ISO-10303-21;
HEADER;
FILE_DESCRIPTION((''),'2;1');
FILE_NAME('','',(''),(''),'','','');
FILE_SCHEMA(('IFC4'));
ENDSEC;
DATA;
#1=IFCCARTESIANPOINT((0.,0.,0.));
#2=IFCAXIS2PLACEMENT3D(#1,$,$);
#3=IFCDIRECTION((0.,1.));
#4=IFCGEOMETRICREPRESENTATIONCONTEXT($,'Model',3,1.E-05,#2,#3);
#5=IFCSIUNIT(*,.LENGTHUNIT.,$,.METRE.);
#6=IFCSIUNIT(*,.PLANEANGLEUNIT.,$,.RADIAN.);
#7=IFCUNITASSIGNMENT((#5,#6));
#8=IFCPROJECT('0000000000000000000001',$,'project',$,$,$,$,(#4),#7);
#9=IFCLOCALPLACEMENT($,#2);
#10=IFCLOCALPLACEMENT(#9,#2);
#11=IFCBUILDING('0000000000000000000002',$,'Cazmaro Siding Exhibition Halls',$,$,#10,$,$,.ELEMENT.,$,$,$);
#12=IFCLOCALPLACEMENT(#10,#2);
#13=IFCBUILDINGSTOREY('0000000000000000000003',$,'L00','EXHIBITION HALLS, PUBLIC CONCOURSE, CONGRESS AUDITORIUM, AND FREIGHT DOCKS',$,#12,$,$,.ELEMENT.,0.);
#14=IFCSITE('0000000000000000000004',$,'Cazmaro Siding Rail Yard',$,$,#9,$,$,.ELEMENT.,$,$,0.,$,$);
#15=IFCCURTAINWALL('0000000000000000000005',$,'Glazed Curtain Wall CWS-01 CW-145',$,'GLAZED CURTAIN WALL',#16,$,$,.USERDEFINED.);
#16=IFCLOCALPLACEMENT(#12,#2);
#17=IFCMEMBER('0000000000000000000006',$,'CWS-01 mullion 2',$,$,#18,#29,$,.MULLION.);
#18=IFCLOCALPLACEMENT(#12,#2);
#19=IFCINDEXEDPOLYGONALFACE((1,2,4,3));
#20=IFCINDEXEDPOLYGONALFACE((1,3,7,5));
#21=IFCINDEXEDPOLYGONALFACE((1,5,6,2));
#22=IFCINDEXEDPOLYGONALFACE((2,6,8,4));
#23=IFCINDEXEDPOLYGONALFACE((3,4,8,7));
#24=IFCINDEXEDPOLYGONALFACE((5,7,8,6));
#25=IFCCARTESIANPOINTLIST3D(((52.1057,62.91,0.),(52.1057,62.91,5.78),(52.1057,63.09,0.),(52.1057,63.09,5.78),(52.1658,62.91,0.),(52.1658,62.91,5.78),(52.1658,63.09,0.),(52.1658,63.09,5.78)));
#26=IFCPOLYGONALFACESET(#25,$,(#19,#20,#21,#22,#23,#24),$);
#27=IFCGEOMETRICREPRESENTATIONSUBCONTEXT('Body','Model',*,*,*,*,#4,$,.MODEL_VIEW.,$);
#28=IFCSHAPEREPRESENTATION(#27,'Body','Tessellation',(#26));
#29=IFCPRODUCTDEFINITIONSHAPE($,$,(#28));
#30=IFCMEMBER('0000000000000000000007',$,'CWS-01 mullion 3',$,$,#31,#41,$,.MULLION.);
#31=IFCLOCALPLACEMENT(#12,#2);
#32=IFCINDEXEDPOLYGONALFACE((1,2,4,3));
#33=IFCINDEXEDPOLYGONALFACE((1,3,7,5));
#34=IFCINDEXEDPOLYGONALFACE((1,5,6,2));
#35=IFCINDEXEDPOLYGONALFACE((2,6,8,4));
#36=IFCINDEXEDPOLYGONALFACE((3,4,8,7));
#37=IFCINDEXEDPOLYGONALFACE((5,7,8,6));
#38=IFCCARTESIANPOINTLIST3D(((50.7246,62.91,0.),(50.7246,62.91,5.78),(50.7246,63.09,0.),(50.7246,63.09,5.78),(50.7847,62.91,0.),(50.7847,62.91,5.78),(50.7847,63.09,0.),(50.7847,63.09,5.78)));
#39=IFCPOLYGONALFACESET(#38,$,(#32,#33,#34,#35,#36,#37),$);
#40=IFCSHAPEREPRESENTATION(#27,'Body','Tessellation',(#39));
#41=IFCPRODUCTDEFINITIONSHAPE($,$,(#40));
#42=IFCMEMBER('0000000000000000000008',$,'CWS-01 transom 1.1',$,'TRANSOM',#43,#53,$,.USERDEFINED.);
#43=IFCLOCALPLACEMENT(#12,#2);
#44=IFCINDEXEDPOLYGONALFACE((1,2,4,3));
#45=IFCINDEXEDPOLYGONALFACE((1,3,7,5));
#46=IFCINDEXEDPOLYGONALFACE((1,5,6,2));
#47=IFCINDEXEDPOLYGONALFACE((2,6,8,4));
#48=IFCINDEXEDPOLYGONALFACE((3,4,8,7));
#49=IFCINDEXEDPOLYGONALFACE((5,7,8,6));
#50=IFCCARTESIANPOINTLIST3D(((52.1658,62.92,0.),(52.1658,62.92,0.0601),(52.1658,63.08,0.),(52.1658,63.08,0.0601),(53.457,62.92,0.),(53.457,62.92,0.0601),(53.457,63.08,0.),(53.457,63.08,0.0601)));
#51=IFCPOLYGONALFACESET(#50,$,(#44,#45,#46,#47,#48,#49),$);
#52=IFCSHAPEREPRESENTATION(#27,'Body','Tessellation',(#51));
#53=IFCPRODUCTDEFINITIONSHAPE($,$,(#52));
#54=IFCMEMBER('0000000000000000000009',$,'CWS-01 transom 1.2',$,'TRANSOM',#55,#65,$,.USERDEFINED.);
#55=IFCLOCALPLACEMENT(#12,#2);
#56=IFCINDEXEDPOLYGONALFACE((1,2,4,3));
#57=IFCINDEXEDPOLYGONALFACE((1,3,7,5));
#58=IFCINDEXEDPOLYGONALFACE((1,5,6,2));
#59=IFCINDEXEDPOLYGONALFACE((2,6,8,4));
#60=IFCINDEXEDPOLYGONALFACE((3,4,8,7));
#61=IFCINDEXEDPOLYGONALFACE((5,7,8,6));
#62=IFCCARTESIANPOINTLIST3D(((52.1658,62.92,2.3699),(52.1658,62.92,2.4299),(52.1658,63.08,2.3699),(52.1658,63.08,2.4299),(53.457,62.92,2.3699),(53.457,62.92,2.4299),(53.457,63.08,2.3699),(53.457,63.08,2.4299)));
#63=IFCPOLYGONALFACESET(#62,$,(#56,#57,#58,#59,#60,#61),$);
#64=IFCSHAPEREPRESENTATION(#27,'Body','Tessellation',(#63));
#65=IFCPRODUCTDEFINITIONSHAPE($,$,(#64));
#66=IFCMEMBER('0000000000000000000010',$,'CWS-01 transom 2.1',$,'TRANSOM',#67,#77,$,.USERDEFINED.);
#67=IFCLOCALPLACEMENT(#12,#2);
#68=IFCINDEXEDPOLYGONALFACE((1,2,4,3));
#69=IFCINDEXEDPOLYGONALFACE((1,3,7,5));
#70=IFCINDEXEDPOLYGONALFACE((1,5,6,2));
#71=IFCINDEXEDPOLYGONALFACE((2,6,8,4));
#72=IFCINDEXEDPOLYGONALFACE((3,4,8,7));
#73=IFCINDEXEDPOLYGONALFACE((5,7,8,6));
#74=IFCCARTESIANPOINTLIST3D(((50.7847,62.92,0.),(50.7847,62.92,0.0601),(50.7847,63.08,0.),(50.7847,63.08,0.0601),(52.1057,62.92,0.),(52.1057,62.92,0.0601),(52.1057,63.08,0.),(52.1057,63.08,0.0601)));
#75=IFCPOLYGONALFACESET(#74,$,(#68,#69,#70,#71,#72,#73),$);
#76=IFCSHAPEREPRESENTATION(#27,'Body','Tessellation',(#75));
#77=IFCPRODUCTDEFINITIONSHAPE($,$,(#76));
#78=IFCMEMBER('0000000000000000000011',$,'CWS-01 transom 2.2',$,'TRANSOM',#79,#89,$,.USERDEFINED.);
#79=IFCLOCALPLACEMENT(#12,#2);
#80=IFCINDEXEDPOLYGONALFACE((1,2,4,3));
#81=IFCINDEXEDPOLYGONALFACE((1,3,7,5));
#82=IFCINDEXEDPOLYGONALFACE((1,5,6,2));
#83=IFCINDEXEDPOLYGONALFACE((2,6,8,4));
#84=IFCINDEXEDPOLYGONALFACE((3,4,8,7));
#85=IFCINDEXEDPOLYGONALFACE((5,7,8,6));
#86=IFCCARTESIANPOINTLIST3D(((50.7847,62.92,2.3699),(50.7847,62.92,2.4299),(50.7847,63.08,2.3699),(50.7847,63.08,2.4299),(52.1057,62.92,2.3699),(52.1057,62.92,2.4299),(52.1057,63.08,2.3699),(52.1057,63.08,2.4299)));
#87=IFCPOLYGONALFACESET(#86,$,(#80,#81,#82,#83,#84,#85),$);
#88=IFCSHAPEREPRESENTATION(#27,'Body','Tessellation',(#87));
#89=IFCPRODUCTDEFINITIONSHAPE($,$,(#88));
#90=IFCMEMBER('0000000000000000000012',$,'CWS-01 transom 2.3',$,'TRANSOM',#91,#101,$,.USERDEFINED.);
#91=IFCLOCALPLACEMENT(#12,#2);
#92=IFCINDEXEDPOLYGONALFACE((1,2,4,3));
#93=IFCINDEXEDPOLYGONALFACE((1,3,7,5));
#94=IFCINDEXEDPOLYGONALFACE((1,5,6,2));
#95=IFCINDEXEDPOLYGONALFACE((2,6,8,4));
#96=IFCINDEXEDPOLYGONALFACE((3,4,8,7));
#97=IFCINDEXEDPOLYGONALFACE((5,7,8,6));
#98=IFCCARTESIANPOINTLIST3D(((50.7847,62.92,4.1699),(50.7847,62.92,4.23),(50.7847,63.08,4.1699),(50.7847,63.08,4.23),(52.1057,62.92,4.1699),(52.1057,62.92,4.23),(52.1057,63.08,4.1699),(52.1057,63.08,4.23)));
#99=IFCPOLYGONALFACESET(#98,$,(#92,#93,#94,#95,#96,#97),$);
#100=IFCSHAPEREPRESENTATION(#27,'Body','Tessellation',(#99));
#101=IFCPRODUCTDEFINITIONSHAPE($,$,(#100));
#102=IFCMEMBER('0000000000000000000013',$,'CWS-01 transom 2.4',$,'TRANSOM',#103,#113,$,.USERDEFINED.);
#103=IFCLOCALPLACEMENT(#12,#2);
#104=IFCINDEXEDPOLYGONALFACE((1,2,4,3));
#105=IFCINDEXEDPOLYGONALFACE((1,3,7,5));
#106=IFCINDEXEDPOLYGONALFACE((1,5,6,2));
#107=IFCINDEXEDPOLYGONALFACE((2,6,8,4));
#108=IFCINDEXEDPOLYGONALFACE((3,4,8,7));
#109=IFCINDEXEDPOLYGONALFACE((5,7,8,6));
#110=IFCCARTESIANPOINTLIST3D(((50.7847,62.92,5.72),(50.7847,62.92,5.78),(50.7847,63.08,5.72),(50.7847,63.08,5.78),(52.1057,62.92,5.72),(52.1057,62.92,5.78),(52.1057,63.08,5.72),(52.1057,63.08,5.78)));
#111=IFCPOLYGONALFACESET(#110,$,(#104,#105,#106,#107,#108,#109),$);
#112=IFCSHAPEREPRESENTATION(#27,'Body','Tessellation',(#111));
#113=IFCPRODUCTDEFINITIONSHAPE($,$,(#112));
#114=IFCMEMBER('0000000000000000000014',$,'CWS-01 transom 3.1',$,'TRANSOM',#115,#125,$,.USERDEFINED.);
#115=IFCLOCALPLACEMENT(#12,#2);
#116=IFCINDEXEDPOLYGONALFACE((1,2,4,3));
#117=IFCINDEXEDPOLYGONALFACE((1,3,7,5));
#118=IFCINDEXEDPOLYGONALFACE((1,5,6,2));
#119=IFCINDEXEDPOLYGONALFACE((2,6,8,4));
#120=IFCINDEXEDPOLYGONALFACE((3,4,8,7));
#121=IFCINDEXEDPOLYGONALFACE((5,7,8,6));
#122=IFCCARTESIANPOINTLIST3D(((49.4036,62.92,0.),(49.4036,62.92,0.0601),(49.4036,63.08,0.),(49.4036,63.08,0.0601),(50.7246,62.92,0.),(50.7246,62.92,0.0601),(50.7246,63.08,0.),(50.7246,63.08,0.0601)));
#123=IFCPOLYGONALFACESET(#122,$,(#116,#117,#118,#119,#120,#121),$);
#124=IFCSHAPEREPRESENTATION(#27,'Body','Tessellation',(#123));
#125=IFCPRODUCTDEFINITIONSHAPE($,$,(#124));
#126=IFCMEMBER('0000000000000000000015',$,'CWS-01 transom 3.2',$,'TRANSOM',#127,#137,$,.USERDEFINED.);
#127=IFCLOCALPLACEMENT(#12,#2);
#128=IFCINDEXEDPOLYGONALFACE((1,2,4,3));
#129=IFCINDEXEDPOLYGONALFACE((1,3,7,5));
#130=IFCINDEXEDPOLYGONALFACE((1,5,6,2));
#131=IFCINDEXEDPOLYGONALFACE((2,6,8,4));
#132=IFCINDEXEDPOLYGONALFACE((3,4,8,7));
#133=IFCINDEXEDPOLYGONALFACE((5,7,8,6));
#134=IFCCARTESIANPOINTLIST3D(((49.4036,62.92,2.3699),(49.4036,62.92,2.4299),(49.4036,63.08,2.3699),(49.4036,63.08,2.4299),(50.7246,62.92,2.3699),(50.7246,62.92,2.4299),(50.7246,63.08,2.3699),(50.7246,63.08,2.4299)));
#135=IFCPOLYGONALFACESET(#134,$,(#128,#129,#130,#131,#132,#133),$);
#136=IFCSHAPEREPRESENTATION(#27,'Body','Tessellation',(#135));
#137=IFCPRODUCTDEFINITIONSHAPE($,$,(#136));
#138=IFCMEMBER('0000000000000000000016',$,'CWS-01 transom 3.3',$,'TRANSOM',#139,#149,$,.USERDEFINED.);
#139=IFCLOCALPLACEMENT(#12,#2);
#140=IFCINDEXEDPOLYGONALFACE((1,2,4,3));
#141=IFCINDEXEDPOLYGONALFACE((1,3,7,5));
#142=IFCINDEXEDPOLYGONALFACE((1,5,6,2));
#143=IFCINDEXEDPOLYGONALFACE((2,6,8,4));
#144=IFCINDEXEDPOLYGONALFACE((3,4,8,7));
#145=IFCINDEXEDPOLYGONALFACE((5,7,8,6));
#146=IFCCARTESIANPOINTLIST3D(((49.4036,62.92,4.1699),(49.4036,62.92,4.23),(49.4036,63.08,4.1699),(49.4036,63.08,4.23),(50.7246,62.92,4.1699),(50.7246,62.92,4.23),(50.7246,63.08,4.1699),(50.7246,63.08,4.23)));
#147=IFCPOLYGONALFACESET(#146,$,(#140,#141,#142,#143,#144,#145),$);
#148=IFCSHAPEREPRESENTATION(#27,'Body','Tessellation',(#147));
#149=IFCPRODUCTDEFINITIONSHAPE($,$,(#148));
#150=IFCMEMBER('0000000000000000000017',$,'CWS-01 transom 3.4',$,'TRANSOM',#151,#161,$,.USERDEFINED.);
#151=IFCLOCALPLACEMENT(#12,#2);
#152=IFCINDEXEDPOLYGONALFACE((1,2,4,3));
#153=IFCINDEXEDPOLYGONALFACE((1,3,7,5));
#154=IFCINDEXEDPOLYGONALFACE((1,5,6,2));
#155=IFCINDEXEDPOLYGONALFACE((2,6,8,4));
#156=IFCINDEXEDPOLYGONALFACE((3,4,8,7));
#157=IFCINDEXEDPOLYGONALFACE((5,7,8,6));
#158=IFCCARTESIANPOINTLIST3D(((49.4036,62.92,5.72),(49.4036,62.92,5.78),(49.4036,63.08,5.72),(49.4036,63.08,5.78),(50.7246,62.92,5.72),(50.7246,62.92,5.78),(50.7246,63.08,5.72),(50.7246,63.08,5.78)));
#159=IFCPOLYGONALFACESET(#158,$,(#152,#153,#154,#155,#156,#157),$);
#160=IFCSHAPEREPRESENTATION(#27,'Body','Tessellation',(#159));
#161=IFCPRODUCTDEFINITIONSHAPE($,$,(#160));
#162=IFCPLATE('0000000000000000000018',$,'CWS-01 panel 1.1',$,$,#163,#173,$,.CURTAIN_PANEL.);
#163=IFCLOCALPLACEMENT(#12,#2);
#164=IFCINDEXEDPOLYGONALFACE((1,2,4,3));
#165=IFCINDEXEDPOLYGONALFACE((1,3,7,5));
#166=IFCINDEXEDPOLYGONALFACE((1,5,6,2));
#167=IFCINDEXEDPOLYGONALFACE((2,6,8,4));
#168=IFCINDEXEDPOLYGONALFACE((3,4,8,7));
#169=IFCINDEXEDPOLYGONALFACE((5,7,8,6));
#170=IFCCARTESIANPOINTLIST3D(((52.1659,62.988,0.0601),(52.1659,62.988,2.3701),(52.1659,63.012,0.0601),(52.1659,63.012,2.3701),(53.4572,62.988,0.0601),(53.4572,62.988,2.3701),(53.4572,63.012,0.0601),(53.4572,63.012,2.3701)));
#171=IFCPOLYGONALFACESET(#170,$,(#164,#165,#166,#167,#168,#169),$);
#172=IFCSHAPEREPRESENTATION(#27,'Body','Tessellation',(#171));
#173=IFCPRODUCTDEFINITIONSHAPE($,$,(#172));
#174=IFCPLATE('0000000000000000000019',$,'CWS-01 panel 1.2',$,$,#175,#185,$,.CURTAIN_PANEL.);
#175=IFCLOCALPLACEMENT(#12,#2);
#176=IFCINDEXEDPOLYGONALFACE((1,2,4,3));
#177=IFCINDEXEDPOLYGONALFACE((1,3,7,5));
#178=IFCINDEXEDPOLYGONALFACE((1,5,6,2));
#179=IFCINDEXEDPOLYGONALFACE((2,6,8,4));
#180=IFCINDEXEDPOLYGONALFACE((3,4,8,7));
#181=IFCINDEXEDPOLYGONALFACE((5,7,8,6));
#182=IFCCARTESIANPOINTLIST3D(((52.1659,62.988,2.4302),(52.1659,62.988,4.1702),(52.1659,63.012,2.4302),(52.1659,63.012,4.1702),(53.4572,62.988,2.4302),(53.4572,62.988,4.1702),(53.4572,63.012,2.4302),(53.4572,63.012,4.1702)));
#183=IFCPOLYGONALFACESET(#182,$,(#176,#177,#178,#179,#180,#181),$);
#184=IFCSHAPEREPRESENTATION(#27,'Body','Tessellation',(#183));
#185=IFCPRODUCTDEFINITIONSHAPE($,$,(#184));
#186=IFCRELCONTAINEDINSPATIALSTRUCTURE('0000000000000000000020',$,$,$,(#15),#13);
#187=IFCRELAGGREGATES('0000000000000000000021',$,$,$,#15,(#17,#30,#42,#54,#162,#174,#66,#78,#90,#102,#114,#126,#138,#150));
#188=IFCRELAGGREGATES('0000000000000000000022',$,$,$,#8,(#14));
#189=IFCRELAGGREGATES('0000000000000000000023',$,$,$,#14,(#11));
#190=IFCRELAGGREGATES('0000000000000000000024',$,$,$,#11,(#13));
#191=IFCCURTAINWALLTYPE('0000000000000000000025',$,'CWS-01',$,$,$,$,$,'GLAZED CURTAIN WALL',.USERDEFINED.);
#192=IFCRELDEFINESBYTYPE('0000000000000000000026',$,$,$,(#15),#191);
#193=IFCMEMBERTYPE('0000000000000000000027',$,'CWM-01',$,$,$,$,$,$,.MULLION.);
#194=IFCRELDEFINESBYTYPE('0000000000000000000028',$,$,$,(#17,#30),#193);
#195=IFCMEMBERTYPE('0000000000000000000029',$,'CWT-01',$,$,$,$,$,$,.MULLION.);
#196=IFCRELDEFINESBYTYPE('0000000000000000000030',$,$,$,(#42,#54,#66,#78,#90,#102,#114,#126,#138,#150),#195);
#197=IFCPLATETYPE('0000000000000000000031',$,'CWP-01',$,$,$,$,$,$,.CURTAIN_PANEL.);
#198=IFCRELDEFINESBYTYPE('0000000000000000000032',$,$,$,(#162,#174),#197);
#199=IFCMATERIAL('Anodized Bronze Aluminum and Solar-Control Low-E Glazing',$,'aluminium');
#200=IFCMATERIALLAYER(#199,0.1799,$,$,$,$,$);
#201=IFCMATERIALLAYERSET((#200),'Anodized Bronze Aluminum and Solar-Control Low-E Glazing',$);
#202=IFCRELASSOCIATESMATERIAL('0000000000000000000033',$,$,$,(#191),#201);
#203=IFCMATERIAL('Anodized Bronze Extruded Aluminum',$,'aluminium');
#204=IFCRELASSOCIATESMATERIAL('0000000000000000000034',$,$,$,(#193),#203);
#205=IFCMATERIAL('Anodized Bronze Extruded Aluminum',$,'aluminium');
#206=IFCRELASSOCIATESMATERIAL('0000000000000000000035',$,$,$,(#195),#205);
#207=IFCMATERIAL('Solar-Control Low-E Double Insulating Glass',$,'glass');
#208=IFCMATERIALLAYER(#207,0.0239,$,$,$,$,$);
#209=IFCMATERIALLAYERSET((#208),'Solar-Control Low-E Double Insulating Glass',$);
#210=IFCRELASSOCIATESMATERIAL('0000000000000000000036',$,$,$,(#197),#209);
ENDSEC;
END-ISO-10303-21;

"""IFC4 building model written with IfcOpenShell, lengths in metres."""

from ifc_helpers import new_model, si_unit, direction, frame, origin, origin_2d, place, context, subcontext, project, spatial, rectangle, extrude, material, layer, layer_set, material_profile, profile_set, type_object, element, aggregate, save


model = new_model("IFC4")

# Units and contexts
model_context = context("Model", 3, precision=1e-05, world=origin(), true_north=direction((0.0, 1.0)))
body_context = subcontext(model_context, "Body", "Model", "MODEL_VIEW")
ifc_project = project(units=[si_unit("LENGTHUNIT", "METRE"), si_unit("PLANEANGLEUNIT", "RADIAN")], contexts=[model_context])

# Site, building, storey
site_placement = place(None, origin())
site = spatial("IfcSite", under=ifc_project, at=site_placement, Name="Cazmaro Siding Rail Yard", CompositionType="ELEMENT", RefElevation=0.0)
building_placement = place(site_placement, origin())
building = spatial("IfcBuilding", under=site, at=building_placement, Name="Cazmaro Siding Exhibition Halls", CompositionType="ELEMENT")
storey_placement = place(building_placement, origin())
storey = spatial("IfcBuildingStorey", under=building, at=storey_placement, Name="L00", Description="EXHIBITION HALLS, PUBLIC CONCOURSE, CONGRESS AUDITORIUM, AND FREIGHT DOCKS", CompositionType="ELEMENT", Elevation=0.0)

# Curtain wall, members, plates
ifc_material_1 = material(Name="Anodized Bronze Aluminum and Solar-Control Low-E Glazing", Category="aluminium")
ifc_layer_1 = layer(ifc_material_1, 0.1799)
ifc_layer_set_1 = layer_set([ifc_layer_1], Name="Anodized Bronze Aluminum and Solar-Control Low-E Glazing")
curtain_wall_type = type_object("IfcCurtainWallType", Name="CWS-01", ElementType="GLAZED CURTAIN WALL", PredefinedType="USERDEFINED", material=ifc_layer_set_1)
curtain_wall_placement = place(storey_placement, origin())
curtain_wall = element("IfcCurtainWall", 1, at=curtain_wall_placement, inside=storey, type_object=curtain_wall_type, Name="Glazed Curtain Wall CWS-01 CW-145", ObjectType="GLAZED CURTAIN WALL", PredefinedType="USERDEFINED")
ifc_material_2 = material(Name="Anodized Bronze Extruded Aluminum", Category="aluminium")
ifc_material_profile_1 = material_profile(ifc_material_2, rectangle(XDim=0.1799, YDim=0.0601, at=origin_2d()), Name="CWM-01")
ifc_profile_set_1 = profile_set([ifc_material_profile_1], Name="Anodized Bronze Extruded Aluminum")
member_type_1 = type_object("IfcMemberType", Name="CWM-01", PredefinedType="MULLION", material=ifc_profile_set_1)
member_1_placement = place(storey_placement, frame((52.1357, 63.0, 0.0), z_axis=(0.0, 0.0, 1.0), x_axis=(0.0, -1.0, 0.0)))
member_1 = element("IfcMember", 2, at=member_1_placement, type_object=member_type_1, Name="CWS-01 mullion 2", PredefinedType="MULLION", context=body_context, shape_type="SweptSolid", body=[
    extrude(rectangle(XDim=0.1799, YDim=0.0601, at=origin_2d()), origin(), (0.0, 0.0, 1.0), 5.78),
])
member_2_placement = place(storey_placement, frame((50.7546, 63.0, 0.0), z_axis=(0.0, 0.0, 1.0), x_axis=(0.0, -1.0, 0.0)))
member_2 = element("IfcMember", 3, at=member_2_placement, type_object=member_type_1, Name="CWS-01 mullion 3", PredefinedType="MULLION", context=body_context, shape_type="SweptSolid", body=[
    extrude(rectangle(XDim=0.1799, YDim=0.0601, at=origin_2d()), origin(), (0.0, 0.0, 1.0), 5.78),
])
ifc_material_3 = material(Name="Anodized Bronze Extruded Aluminum", Category="aluminium")
ifc_material_profile_2 = material_profile(ifc_material_3, rectangle(XDim=0.1599, YDim=0.0601, at=origin_2d()), Name="CWT-01")
ifc_profile_set_2 = profile_set([ifc_material_profile_2], Name="Anodized Bronze Extruded Aluminum")
member_type_2 = type_object("IfcMemberType", Name="CWT-01", PredefinedType="MULLION", material=ifc_profile_set_2)
member_3_placement = place(storey_placement, frame((53.457, 63.0, 0.03), z_axis=(-1.0, 0.0, 0.0), x_axis=(0.0, -1.0, 0.0)))
member_3 = element("IfcMember", 4, at=member_3_placement, type_object=member_type_2, Name="CWS-01 transom 1.1", ObjectType="TRANSOM", PredefinedType="USERDEFINED", context=body_context, shape_type="SweptSolid", body=[
    extrude(rectangle(XDim=0.1599, YDim=0.0601, at=origin_2d()), origin(), (0.0, 0.0, 1.0), 1.2913),
])
member_4_placement = place(storey_placement, frame((53.457, 63.0, 2.3999), z_axis=(-1.0, 0.0, 0.0), x_axis=(0.0, -1.0, 0.0)))
member_4 = element("IfcMember", 5, at=member_4_placement, type_object=member_type_2, Name="CWS-01 transom 1.2", ObjectType="TRANSOM", PredefinedType="USERDEFINED", context=body_context, shape_type="SweptSolid", body=[
    extrude(rectangle(XDim=0.1599, YDim=0.0601, at=origin_2d()), origin(), (0.0, 0.0, 1.0), 1.2913),
])
member_5_placement = place(storey_placement, frame((52.1057, 63.0, 0.03), z_axis=(-1.0, 0.0, 0.0), x_axis=(0.0, -1.0, 0.0)))
member_5 = element("IfcMember", 6, at=member_5_placement, type_object=member_type_2, Name="CWS-01 transom 2.1", ObjectType="TRANSOM", PredefinedType="USERDEFINED", context=body_context, shape_type="SweptSolid", body=[
    extrude(rectangle(XDim=0.1599, YDim=0.0601, at=origin_2d()), origin(), (0.0, 0.0, 1.0), 1.321),
])
member_6_placement = place(storey_placement, frame((52.1057, 63.0, 2.3999), z_axis=(-1.0, 0.0, 0.0), x_axis=(0.0, -1.0, 0.0)))
member_6 = element("IfcMember", 7, at=member_6_placement, type_object=member_type_2, Name="CWS-01 transom 2.2", ObjectType="TRANSOM", PredefinedType="USERDEFINED", context=body_context, shape_type="SweptSolid", body=[
    extrude(rectangle(XDim=0.1599, YDim=0.0601, at=origin_2d()), origin(), (0.0, 0.0, 1.0), 1.321),
])
member_7_placement = place(storey_placement, frame((52.1057, 63.0, 4.2), z_axis=(-1.0, 0.0, 0.0), x_axis=(0.0, -1.0, 0.0)))
member_7 = element("IfcMember", 8, at=member_7_placement, type_object=member_type_2, Name="CWS-01 transom 2.3", ObjectType="TRANSOM", PredefinedType="USERDEFINED", context=body_context, shape_type="SweptSolid", body=[
    extrude(rectangle(XDim=0.1599, YDim=0.0601, at=origin_2d()), origin(), (0.0, 0.0, 1.0), 1.321),
])
member_8_placement = place(storey_placement, frame((52.1057, 63.0, 5.75), z_axis=(-1.0, 0.0, 0.0), x_axis=(0.0, -1.0, 0.0)))
member_8 = element("IfcMember", 9, at=member_8_placement, type_object=member_type_2, Name="CWS-01 transom 2.4", ObjectType="TRANSOM", PredefinedType="USERDEFINED", context=body_context, shape_type="SweptSolid", body=[
    extrude(rectangle(XDim=0.1599, YDim=0.0601, at=origin_2d()), origin(), (0.0, 0.0, 1.0), 1.321),
])
member_9_placement = place(storey_placement, frame((50.7246, 63.0, 0.03), z_axis=(-1.0, 0.0, 0.0), x_axis=(0.0, -1.0, 0.0)))
member_9 = element("IfcMember", 10, at=member_9_placement, type_object=member_type_2, Name="CWS-01 transom 3.1", ObjectType="TRANSOM", PredefinedType="USERDEFINED", context=body_context, shape_type="SweptSolid", body=[
    extrude(rectangle(XDim=0.1599, YDim=0.0601, at=origin_2d()), origin(), (0.0, 0.0, 1.0), 1.321),
])
member_10_placement = place(storey_placement, frame((50.7246, 63.0, 2.3999), z_axis=(-1.0, 0.0, 0.0), x_axis=(0.0, -1.0, 0.0)))
member_10 = element("IfcMember", 11, at=member_10_placement, type_object=member_type_2, Name="CWS-01 transom 3.2", ObjectType="TRANSOM", PredefinedType="USERDEFINED", context=body_context, shape_type="SweptSolid", body=[
    extrude(rectangle(XDim=0.1599, YDim=0.0601, at=origin_2d()), origin(), (0.0, 0.0, 1.0), 1.321),
])
member_11_placement = place(storey_placement, frame((50.7246, 63.0, 4.2), z_axis=(-1.0, 0.0, 0.0), x_axis=(0.0, -1.0, 0.0)))
member_11 = element("IfcMember", 12, at=member_11_placement, type_object=member_type_2, Name="CWS-01 transom 3.3", ObjectType="TRANSOM", PredefinedType="USERDEFINED", context=body_context, shape_type="SweptSolid", body=[
    extrude(rectangle(XDim=0.1599, YDim=0.0601, at=origin_2d()), origin(), (0.0, 0.0, 1.0), 1.321),
])
member_12_placement = place(storey_placement, frame((50.7246, 63.0, 5.75), z_axis=(-1.0, 0.0, 0.0), x_axis=(0.0, -1.0, 0.0)))
member_12 = element("IfcMember", 13, at=member_12_placement, type_object=member_type_2, Name="CWS-01 transom 3.4", ObjectType="TRANSOM", PredefinedType="USERDEFINED", context=body_context, shape_type="SweptSolid", body=[
    extrude(rectangle(XDim=0.1599, YDim=0.0601, at=origin_2d()), origin(), (0.0, 0.0, 1.0), 1.321),
])
ifc_material_4 = material(Name="Solar-Control Low-E Double Insulating Glass", Category="glass")
ifc_layer_2 = layer(ifc_material_4, 0.0239)
ifc_layer_set_2 = layer_set([ifc_layer_2], Name="Solar-Control Low-E Double Insulating Glass")
plate_type = type_object("IfcPlateType", Name="CWP-01", PredefinedType="CURTAIN_PANEL", material=ifc_layer_set_2)
plate_1_placement = place(storey_placement, frame((52.8115, 63.0, 0.0601), z_axis=(0.0, 0.0, 1.0), x_axis=(-1.0, 0.0, 0.0)))
plate_1 = element("IfcPlate", 14, at=plate_1_placement, type_object=plate_type, Name="CWS-01 panel 1.1", PredefinedType="CURTAIN_PANEL", context=body_context, shape_type="SweptSolid", body=[
    extrude(rectangle(XDim=1.2913, YDim=0.0239, at=origin_2d()), origin(), (0.0, 0.0, 1.0), 2.3101),
])
plate_2_placement = place(storey_placement, frame((52.8115, 63.0, 2.4302), z_axis=(0.0, 0.0, 1.0), x_axis=(-1.0, 0.0, 0.0)))
plate_2 = element("IfcPlate", 15, at=plate_2_placement, type_object=plate_type, Name="CWS-01 panel 1.2", PredefinedType="CURTAIN_PANEL", context=body_context, shape_type="SweptSolid", body=[
    extrude(rectangle(XDim=1.2913, YDim=0.0239, at=origin_2d()), origin(), (0.0, 0.0, 1.0), 1.74),
])
aggregate(curtain_wall, [member_1, member_2, member_3, member_4, plate_1, plate_2, member_5, member_6, member_7, member_8, member_9, member_10, member_11, member_12])

save(model, "model.ifc")
